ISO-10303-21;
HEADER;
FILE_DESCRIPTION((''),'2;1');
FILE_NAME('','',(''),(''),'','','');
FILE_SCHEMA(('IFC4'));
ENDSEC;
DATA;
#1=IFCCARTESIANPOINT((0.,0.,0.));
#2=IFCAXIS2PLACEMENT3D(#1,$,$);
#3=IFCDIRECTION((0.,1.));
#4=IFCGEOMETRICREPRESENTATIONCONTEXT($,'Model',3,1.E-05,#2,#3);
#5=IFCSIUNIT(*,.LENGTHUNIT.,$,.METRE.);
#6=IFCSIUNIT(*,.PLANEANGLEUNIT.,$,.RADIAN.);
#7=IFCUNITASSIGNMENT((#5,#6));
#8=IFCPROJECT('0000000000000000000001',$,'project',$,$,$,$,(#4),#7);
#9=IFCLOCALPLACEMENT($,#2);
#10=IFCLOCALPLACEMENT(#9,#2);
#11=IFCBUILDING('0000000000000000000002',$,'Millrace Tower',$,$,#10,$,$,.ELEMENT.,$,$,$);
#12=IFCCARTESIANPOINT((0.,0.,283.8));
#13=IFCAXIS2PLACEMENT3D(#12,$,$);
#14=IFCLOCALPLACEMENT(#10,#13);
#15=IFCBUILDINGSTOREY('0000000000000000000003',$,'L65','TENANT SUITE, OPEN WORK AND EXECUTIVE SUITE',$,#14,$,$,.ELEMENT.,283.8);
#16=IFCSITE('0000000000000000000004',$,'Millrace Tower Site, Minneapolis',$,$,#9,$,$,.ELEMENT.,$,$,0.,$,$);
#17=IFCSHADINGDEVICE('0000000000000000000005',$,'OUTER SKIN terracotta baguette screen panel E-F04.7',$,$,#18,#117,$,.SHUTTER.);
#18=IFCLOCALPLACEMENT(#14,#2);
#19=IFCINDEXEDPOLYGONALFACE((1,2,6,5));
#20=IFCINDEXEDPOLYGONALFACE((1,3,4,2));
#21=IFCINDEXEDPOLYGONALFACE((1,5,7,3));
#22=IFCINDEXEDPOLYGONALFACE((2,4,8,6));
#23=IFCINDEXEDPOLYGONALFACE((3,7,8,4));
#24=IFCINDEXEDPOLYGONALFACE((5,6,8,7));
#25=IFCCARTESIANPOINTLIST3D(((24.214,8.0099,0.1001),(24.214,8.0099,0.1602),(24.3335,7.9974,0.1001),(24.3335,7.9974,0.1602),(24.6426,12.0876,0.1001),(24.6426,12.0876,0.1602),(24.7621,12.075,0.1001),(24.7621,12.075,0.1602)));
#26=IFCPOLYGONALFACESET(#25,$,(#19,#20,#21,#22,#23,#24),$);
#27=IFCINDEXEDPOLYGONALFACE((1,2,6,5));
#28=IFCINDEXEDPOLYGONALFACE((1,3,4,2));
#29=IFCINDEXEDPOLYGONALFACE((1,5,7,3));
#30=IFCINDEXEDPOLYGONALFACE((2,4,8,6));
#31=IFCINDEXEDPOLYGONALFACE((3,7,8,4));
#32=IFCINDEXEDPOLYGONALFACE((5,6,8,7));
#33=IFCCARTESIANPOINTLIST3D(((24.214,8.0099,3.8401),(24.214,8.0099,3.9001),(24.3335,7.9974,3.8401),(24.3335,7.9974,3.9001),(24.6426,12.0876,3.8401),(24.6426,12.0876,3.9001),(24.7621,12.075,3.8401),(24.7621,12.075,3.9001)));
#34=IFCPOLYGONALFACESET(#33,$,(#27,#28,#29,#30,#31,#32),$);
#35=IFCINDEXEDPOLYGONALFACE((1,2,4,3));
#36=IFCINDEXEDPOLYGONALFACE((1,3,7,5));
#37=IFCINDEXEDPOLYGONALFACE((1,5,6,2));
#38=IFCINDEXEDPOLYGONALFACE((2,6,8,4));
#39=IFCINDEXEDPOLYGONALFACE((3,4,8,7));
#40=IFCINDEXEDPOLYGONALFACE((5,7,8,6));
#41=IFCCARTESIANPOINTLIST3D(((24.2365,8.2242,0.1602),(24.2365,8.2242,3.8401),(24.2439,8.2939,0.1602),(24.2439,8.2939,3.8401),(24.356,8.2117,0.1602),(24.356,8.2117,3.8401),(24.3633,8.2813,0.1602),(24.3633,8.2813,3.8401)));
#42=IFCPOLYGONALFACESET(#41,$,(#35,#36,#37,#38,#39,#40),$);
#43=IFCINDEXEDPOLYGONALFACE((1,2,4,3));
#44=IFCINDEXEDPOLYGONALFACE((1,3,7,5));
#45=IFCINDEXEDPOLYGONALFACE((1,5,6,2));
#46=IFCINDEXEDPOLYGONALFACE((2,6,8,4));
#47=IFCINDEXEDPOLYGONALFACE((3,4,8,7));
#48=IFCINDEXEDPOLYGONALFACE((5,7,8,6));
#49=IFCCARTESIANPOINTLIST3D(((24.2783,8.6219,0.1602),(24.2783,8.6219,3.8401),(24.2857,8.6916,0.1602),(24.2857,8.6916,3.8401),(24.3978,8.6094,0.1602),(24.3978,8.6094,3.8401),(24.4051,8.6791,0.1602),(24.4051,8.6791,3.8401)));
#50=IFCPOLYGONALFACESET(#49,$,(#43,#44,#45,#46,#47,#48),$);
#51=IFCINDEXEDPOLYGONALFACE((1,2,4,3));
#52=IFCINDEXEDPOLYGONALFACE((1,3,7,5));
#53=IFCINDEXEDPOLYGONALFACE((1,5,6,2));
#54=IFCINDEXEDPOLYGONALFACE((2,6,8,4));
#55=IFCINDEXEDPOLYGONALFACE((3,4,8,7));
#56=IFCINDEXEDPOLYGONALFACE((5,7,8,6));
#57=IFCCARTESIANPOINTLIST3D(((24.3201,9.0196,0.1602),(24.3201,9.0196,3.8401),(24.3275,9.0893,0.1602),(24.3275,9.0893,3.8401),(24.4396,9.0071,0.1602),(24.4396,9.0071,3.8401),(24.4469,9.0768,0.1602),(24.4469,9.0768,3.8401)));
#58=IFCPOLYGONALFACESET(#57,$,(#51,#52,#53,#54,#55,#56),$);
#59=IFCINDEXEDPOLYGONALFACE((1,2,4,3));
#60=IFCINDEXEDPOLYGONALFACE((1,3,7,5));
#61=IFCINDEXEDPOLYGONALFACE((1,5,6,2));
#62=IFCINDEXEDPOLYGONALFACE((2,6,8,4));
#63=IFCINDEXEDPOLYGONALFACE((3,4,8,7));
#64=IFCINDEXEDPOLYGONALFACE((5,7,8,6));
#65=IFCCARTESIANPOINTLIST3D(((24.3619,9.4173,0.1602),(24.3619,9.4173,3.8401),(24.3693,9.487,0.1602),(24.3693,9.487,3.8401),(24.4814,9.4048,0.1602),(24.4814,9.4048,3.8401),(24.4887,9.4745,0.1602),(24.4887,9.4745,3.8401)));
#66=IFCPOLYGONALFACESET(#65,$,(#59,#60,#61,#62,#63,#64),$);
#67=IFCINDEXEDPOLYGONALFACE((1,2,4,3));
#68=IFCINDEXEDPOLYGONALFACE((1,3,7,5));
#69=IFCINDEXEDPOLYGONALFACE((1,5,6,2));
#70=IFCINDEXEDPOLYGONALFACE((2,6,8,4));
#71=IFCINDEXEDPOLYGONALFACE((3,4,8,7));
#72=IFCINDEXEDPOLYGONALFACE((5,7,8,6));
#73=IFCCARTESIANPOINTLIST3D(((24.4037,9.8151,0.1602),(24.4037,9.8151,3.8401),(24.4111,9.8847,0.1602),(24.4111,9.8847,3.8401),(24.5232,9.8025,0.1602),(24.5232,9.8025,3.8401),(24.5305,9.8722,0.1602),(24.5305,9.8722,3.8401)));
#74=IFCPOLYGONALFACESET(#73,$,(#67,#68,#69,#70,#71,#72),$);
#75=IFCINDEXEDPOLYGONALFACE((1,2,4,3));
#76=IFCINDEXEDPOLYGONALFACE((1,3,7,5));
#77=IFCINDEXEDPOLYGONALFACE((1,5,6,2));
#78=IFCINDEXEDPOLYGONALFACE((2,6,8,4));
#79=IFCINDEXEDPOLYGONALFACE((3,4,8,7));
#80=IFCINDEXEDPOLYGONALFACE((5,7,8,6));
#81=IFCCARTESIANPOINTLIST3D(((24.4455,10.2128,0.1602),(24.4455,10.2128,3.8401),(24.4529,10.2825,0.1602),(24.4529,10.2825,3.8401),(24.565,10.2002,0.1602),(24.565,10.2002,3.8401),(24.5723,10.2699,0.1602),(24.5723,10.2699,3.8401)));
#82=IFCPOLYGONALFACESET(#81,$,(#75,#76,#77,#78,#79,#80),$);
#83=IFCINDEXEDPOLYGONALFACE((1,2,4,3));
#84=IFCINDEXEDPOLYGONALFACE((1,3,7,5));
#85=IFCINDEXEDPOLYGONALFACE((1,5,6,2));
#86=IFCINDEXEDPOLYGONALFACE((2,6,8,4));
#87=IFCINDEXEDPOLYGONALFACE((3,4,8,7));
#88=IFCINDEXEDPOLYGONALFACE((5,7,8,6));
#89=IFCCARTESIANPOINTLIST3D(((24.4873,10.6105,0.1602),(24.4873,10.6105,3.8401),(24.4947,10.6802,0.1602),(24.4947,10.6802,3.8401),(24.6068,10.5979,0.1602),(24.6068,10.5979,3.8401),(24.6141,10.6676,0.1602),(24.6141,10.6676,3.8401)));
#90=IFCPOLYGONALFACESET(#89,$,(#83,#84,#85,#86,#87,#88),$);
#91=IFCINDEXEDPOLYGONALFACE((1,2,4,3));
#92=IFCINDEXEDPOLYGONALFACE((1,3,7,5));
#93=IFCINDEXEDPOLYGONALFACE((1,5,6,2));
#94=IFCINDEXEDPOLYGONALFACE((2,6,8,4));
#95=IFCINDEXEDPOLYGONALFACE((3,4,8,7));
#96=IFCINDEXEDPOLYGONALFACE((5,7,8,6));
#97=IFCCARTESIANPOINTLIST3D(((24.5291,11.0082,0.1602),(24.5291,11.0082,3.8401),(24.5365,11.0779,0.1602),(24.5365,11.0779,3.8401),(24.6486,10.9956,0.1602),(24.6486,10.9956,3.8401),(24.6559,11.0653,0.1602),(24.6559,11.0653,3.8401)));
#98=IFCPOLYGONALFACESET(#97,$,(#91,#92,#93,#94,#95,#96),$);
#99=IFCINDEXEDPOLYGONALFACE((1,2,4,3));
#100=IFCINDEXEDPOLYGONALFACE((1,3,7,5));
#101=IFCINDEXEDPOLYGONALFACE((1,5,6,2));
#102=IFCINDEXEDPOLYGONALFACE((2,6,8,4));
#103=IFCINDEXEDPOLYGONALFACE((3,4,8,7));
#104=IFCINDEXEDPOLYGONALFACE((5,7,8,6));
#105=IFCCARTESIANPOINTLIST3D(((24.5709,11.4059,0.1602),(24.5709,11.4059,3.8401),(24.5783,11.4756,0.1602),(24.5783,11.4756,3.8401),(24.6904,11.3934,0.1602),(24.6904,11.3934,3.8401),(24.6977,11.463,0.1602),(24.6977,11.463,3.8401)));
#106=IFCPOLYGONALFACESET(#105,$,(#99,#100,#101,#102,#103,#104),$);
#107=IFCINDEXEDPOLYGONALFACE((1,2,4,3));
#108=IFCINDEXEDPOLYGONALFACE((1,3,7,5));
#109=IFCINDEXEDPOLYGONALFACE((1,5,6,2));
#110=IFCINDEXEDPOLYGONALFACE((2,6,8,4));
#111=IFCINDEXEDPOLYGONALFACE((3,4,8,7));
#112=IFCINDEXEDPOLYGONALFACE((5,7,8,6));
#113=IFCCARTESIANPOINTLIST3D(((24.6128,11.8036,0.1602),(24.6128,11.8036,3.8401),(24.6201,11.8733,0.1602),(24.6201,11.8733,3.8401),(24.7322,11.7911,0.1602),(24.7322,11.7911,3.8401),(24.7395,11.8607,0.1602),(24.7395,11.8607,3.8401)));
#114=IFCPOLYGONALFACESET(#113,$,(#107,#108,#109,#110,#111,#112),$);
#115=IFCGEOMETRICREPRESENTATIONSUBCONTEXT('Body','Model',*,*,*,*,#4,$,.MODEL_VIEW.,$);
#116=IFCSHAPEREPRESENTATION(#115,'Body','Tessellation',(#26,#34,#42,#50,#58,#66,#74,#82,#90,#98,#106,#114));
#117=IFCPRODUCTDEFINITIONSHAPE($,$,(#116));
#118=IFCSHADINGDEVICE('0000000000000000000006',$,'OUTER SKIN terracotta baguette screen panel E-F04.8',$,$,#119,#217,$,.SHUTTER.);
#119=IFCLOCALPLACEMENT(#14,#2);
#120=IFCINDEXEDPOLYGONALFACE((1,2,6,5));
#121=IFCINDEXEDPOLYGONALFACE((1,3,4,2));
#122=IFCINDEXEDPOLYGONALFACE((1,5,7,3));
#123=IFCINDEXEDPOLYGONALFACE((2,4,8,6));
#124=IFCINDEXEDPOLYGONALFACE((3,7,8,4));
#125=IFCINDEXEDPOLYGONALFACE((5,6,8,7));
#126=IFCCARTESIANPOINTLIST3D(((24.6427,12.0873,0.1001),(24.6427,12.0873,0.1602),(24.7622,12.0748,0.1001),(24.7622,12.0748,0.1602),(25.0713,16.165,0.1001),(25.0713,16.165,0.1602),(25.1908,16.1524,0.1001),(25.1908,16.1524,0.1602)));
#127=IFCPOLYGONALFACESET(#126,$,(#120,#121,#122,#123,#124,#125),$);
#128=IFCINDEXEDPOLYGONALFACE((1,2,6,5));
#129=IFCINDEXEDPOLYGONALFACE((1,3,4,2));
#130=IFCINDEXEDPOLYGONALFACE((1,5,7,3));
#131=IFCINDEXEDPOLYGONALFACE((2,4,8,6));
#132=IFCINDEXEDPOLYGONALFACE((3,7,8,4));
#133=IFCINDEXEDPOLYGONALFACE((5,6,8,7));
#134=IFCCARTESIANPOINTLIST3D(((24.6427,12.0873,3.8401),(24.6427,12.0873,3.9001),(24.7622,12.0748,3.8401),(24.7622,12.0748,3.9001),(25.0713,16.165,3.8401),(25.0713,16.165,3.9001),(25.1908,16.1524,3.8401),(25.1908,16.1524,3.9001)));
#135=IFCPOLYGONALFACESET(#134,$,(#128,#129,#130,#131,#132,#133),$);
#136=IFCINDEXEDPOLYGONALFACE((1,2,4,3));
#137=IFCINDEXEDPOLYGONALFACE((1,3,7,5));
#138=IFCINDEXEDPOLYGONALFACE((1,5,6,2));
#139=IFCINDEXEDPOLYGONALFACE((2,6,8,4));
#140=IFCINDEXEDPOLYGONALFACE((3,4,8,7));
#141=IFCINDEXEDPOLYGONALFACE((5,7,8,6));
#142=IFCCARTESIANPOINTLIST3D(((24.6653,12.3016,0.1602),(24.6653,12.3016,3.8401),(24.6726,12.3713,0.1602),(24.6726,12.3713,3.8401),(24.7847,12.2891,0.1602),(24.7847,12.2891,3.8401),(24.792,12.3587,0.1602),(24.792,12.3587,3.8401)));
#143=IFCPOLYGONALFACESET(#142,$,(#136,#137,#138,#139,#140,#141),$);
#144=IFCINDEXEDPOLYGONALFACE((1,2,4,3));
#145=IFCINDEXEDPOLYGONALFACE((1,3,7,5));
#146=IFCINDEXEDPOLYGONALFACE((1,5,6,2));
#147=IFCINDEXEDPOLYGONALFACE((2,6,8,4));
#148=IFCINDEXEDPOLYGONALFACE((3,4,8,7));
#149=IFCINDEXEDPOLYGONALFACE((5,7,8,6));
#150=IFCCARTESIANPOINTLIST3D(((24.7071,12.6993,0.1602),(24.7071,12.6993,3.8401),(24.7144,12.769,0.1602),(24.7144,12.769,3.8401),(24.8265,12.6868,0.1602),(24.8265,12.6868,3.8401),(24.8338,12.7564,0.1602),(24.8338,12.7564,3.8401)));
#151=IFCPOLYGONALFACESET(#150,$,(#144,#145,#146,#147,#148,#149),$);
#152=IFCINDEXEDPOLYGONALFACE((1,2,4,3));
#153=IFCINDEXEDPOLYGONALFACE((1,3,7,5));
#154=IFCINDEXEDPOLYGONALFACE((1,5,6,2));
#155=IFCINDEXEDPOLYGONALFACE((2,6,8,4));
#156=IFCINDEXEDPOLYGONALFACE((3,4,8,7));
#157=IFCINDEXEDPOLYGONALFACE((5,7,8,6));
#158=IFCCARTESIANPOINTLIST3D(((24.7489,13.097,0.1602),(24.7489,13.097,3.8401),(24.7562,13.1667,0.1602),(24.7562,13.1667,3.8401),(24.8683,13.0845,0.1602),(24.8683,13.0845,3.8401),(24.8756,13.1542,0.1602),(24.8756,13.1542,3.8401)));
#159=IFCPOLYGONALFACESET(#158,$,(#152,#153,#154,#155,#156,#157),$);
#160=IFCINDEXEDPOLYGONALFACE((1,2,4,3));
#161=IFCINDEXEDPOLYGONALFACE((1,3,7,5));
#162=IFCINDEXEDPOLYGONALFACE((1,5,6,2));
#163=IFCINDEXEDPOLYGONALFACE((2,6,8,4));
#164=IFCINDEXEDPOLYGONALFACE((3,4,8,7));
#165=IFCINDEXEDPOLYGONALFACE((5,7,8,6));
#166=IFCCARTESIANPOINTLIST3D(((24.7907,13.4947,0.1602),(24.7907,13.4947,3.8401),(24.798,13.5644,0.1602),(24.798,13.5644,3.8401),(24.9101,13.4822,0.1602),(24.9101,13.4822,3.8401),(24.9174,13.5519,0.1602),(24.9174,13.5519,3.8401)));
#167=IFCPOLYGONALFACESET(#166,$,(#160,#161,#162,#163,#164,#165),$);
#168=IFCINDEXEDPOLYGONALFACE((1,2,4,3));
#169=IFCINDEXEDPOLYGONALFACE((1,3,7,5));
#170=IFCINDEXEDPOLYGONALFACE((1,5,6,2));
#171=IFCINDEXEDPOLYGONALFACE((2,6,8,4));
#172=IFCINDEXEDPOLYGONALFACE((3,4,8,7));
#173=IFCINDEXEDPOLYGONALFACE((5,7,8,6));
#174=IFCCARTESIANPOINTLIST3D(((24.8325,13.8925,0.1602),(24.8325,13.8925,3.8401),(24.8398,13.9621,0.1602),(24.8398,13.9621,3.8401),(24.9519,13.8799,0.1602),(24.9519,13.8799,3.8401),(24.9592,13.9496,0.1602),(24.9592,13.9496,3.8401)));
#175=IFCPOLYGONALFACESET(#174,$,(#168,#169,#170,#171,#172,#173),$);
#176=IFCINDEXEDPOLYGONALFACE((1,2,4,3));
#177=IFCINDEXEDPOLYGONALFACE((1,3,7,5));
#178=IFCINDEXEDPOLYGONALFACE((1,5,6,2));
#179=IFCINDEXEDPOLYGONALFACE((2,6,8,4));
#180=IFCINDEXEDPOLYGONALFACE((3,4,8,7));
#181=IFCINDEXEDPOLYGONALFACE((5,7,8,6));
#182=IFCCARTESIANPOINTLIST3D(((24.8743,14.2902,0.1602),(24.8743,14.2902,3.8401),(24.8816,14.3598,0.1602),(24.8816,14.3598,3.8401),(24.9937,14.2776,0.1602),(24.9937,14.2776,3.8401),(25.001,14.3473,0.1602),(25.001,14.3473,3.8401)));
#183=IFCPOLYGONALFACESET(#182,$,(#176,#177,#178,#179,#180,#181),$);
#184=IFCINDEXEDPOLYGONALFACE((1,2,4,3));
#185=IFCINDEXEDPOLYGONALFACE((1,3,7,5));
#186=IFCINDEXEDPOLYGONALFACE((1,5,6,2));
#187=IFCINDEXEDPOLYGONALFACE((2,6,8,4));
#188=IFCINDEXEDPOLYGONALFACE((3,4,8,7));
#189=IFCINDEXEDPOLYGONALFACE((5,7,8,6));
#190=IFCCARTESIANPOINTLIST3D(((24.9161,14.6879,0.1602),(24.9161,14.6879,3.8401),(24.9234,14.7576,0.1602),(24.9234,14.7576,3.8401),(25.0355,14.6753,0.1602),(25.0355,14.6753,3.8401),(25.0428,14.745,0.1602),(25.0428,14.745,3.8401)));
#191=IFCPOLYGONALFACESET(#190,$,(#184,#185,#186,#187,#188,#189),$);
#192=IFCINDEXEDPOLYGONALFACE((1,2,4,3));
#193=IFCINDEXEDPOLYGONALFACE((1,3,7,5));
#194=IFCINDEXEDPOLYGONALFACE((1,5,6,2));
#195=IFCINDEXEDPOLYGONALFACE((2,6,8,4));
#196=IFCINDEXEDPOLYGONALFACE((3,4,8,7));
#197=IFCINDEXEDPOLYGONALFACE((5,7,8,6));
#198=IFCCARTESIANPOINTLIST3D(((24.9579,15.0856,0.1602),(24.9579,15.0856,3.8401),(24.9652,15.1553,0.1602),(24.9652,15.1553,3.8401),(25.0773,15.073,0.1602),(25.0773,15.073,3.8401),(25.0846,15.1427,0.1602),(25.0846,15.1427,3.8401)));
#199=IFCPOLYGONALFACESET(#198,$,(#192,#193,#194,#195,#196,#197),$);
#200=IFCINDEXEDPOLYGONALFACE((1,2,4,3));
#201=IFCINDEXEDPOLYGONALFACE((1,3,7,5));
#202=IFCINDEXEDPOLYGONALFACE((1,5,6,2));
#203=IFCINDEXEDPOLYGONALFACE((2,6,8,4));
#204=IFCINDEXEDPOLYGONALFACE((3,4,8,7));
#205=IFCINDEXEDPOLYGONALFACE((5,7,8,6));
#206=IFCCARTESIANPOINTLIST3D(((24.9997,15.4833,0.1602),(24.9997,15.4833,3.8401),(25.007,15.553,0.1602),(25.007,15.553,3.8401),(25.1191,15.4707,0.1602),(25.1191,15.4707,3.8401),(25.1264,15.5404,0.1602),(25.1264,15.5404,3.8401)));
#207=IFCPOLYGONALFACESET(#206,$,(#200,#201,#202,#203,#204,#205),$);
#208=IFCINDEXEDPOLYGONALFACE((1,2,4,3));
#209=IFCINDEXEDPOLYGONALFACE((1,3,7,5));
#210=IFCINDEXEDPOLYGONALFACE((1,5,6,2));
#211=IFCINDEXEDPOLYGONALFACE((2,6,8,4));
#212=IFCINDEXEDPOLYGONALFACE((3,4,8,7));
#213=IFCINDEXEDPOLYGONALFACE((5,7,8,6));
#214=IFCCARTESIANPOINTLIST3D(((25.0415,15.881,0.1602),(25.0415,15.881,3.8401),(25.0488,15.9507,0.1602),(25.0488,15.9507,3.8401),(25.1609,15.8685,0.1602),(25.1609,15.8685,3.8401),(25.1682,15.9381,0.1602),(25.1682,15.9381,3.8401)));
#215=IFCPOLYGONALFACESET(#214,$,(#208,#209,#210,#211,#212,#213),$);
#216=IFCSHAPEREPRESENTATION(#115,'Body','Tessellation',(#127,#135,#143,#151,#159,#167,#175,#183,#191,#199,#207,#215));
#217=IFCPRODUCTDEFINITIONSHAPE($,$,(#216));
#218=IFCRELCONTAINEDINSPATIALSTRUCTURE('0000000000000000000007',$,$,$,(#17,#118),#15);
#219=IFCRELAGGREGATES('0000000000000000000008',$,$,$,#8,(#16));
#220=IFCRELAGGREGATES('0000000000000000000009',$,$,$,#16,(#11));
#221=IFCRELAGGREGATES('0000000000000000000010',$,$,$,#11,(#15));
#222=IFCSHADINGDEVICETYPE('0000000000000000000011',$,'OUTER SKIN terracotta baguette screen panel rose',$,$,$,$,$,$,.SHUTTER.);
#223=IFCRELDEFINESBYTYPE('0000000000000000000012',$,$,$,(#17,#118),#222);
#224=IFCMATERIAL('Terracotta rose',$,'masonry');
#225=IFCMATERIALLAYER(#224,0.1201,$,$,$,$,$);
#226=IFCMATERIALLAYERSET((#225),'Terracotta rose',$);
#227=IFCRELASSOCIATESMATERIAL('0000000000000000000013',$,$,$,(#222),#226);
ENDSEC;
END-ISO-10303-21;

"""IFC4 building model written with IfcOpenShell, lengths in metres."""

from ifc_helpers import new_model, entity, si_unit, direction, frame, frame_2d, origin, place, context, subcontext, project, spatial, rectangle, extrude, source, transform, mapped, material, layer, layer_set, type_object, element, save


model = new_model("IFC4")

# Units and contexts
model_context = context("Model", 3, precision=1e-05, world=origin(), true_north=direction((0.0, 1.0)))
body_context = subcontext(model_context, "Body", "Model", "MODEL_VIEW")
ifc_project = project(units=[si_unit("LENGTHUNIT", "METRE"), si_unit("PLANEANGLEUNIT", "RADIAN")], contexts=[model_context])

# Site, building, storey
site_placement = place(None, origin())
site = spatial("IfcSite", under=ifc_project, at=site_placement, Name="Millrace Tower Site, Minneapolis", CompositionType="ELEMENT", RefElevation=0.0)
building_placement = place(site_placement, origin())
building = spatial("IfcBuilding", under=site, at=building_placement, Name="Millrace Tower", CompositionType="ELEMENT")
storey_placement = place(building_placement, frame((0.0, 0.0, 283.8)))
storey = spatial("IfcBuildingStorey", under=building, at=storey_placement, Name="L65", Description="TENANT SUITE, OPEN WORK AND EXECUTIVE SUITE", CompositionType="ELEMENT", Elevation=283.8)

# Shading devices
ifc_material_1 = material(Name="Terracotta rose", Category="masonry")
ifc_layer_1 = layer(ifc_material_1, 0.1201)
ifc_layer_set_1 = layer_set([ifc_layer_1], Name="Terracotta rose")
shading_device_type = type_object("IfcShadingDeviceType", Name="OUTER SKIN terracotta baguette screen panel rose", PredefinedType="SHUTTER", material=ifc_layer_set_1)
cartesian_point_1 = entity("IfcCartesianPoint", [-2.05, 0.0601])
shared_polyline_1 = entity("IfcPolyline", [cartesian_point_1, entity("IfcCartesianPoint", [2.05, 0.0601]), entity("IfcCartesianPoint", [2.05, -0.0601]), entity("IfcCartesianPoint", [-2.05, -0.0601]), cartesian_point_1])
shared_shape_1 = source(origin(), body_context, "Body", "SweptSolid", [
    entity("IfcExtrudedAreaSolid", entity("IfcArbitraryClosedProfileDef", "AREA", None, shared_polyline_1), entity("IfcAxis2Placement3D", entity("IfcCartesianPoint", [0.0, 0.0, 0.0])), entity("IfcDirection", [0.0, 0.0, 1.0]), 0.0601),
    entity("IfcExtrudedAreaSolid", entity("IfcArbitraryClosedProfileDef", "AREA", None, shared_polyline_1), entity("IfcAxis2Placement3D", entity("IfcCartesianPoint", [0.0, 0.0, 3.74])), entity("IfcDirection", [0.0, 0.0, 1.0]), 0.0601),
    extrude(rectangle(XDim=0.0701, YDim=0.1201, at=frame_2d((-1.7996, 0.0))), frame((0.0, 0.0, 0.0601)), (0.0, 0.0, 1.0), 3.6799),
    extrude(rectangle(XDim=0.0701, YDim=0.1201, at=frame_2d((-1.3997, 0.0))), frame((0.0, 0.0, 0.0601)), (0.0, 0.0, 1.0), 3.6799),
    extrude(rectangle(XDim=0.0701, YDim=0.1201, at=frame_2d((-0.9998, 0.0))), frame((0.0, 0.0, 0.0601)), (0.0, 0.0, 1.0), 3.6799),
    extrude(rectangle(XDim=0.0701, YDim=0.1201, at=frame_2d((-0.5999, 0.0))), frame((0.0, 0.0, 0.0601)), (0.0, 0.0, 1.0), 3.6799),
    extrude(rectangle(XDim=0.0701, YDim=0.1201, at=frame_2d((-0.2, 0.0))), frame((0.0, 0.0, 0.0601)), (0.0, 0.0, 1.0), 3.6799),
    extrude(rectangle(XDim=0.0701, YDim=0.1201, at=frame_2d((0.2, 0.0))), frame((0.0, 0.0, 0.0601)), (0.0, 0.0, 1.0), 3.6799),
    extrude(rectangle(XDim=0.0701, YDim=0.1201, at=frame_2d((0.5999, 0.0))), frame((0.0, 0.0, 0.0601)), (0.0, 0.0, 1.0), 3.6799),
    extrude(rectangle(XDim=0.0701, YDim=0.1201, at=frame_2d((0.9998, 0.0))), frame((0.0, 0.0, 0.0601)), (0.0, 0.0, 1.0), 3.6799),
    extrude(rectangle(XDim=0.0701, YDim=0.1201, at=frame_2d((1.3997, 0.0))), frame((0.0, 0.0, 0.0601)), (0.0, 0.0, 1.0), 3.6799),
    extrude(rectangle(XDim=0.0701, YDim=0.1201, at=frame_2d((1.7996, 0.0))), frame((0.0, 0.0, 0.0601)), (0.0, 0.0, 1.0), 3.6799),
])
for number, where, z_axis, x_axis, name in (
    (1, (24.488, 10.0425, 0.1001), (0.0, 0.0, 1.0), (0.104528, 0.994522, 0.0), "OUTER SKIN terracotta baguette screen panel E-F04.7"),
    (2, (24.9167, 14.1199, 0.1001), (0.0, 0.0, 1.0), (0.104528, 0.994522, 0.0), "OUTER SKIN terracotta baguette screen panel E-F04.8"),
):
    element("IfcShadingDevice", number, at=place(storey_placement, frame(where, z_axis=z_axis, x_axis=x_axis)), inside=storey, type_object=shading_device_type, Name=name, PredefinedType="SHUTTER", context=body_context, shape_type="MappedRepresentation", body=[
        mapped(shared_shape_1, transform((0.0, 0.0, 0.0), scale=1.0)),
    ])

save(model, "model.ifc")
